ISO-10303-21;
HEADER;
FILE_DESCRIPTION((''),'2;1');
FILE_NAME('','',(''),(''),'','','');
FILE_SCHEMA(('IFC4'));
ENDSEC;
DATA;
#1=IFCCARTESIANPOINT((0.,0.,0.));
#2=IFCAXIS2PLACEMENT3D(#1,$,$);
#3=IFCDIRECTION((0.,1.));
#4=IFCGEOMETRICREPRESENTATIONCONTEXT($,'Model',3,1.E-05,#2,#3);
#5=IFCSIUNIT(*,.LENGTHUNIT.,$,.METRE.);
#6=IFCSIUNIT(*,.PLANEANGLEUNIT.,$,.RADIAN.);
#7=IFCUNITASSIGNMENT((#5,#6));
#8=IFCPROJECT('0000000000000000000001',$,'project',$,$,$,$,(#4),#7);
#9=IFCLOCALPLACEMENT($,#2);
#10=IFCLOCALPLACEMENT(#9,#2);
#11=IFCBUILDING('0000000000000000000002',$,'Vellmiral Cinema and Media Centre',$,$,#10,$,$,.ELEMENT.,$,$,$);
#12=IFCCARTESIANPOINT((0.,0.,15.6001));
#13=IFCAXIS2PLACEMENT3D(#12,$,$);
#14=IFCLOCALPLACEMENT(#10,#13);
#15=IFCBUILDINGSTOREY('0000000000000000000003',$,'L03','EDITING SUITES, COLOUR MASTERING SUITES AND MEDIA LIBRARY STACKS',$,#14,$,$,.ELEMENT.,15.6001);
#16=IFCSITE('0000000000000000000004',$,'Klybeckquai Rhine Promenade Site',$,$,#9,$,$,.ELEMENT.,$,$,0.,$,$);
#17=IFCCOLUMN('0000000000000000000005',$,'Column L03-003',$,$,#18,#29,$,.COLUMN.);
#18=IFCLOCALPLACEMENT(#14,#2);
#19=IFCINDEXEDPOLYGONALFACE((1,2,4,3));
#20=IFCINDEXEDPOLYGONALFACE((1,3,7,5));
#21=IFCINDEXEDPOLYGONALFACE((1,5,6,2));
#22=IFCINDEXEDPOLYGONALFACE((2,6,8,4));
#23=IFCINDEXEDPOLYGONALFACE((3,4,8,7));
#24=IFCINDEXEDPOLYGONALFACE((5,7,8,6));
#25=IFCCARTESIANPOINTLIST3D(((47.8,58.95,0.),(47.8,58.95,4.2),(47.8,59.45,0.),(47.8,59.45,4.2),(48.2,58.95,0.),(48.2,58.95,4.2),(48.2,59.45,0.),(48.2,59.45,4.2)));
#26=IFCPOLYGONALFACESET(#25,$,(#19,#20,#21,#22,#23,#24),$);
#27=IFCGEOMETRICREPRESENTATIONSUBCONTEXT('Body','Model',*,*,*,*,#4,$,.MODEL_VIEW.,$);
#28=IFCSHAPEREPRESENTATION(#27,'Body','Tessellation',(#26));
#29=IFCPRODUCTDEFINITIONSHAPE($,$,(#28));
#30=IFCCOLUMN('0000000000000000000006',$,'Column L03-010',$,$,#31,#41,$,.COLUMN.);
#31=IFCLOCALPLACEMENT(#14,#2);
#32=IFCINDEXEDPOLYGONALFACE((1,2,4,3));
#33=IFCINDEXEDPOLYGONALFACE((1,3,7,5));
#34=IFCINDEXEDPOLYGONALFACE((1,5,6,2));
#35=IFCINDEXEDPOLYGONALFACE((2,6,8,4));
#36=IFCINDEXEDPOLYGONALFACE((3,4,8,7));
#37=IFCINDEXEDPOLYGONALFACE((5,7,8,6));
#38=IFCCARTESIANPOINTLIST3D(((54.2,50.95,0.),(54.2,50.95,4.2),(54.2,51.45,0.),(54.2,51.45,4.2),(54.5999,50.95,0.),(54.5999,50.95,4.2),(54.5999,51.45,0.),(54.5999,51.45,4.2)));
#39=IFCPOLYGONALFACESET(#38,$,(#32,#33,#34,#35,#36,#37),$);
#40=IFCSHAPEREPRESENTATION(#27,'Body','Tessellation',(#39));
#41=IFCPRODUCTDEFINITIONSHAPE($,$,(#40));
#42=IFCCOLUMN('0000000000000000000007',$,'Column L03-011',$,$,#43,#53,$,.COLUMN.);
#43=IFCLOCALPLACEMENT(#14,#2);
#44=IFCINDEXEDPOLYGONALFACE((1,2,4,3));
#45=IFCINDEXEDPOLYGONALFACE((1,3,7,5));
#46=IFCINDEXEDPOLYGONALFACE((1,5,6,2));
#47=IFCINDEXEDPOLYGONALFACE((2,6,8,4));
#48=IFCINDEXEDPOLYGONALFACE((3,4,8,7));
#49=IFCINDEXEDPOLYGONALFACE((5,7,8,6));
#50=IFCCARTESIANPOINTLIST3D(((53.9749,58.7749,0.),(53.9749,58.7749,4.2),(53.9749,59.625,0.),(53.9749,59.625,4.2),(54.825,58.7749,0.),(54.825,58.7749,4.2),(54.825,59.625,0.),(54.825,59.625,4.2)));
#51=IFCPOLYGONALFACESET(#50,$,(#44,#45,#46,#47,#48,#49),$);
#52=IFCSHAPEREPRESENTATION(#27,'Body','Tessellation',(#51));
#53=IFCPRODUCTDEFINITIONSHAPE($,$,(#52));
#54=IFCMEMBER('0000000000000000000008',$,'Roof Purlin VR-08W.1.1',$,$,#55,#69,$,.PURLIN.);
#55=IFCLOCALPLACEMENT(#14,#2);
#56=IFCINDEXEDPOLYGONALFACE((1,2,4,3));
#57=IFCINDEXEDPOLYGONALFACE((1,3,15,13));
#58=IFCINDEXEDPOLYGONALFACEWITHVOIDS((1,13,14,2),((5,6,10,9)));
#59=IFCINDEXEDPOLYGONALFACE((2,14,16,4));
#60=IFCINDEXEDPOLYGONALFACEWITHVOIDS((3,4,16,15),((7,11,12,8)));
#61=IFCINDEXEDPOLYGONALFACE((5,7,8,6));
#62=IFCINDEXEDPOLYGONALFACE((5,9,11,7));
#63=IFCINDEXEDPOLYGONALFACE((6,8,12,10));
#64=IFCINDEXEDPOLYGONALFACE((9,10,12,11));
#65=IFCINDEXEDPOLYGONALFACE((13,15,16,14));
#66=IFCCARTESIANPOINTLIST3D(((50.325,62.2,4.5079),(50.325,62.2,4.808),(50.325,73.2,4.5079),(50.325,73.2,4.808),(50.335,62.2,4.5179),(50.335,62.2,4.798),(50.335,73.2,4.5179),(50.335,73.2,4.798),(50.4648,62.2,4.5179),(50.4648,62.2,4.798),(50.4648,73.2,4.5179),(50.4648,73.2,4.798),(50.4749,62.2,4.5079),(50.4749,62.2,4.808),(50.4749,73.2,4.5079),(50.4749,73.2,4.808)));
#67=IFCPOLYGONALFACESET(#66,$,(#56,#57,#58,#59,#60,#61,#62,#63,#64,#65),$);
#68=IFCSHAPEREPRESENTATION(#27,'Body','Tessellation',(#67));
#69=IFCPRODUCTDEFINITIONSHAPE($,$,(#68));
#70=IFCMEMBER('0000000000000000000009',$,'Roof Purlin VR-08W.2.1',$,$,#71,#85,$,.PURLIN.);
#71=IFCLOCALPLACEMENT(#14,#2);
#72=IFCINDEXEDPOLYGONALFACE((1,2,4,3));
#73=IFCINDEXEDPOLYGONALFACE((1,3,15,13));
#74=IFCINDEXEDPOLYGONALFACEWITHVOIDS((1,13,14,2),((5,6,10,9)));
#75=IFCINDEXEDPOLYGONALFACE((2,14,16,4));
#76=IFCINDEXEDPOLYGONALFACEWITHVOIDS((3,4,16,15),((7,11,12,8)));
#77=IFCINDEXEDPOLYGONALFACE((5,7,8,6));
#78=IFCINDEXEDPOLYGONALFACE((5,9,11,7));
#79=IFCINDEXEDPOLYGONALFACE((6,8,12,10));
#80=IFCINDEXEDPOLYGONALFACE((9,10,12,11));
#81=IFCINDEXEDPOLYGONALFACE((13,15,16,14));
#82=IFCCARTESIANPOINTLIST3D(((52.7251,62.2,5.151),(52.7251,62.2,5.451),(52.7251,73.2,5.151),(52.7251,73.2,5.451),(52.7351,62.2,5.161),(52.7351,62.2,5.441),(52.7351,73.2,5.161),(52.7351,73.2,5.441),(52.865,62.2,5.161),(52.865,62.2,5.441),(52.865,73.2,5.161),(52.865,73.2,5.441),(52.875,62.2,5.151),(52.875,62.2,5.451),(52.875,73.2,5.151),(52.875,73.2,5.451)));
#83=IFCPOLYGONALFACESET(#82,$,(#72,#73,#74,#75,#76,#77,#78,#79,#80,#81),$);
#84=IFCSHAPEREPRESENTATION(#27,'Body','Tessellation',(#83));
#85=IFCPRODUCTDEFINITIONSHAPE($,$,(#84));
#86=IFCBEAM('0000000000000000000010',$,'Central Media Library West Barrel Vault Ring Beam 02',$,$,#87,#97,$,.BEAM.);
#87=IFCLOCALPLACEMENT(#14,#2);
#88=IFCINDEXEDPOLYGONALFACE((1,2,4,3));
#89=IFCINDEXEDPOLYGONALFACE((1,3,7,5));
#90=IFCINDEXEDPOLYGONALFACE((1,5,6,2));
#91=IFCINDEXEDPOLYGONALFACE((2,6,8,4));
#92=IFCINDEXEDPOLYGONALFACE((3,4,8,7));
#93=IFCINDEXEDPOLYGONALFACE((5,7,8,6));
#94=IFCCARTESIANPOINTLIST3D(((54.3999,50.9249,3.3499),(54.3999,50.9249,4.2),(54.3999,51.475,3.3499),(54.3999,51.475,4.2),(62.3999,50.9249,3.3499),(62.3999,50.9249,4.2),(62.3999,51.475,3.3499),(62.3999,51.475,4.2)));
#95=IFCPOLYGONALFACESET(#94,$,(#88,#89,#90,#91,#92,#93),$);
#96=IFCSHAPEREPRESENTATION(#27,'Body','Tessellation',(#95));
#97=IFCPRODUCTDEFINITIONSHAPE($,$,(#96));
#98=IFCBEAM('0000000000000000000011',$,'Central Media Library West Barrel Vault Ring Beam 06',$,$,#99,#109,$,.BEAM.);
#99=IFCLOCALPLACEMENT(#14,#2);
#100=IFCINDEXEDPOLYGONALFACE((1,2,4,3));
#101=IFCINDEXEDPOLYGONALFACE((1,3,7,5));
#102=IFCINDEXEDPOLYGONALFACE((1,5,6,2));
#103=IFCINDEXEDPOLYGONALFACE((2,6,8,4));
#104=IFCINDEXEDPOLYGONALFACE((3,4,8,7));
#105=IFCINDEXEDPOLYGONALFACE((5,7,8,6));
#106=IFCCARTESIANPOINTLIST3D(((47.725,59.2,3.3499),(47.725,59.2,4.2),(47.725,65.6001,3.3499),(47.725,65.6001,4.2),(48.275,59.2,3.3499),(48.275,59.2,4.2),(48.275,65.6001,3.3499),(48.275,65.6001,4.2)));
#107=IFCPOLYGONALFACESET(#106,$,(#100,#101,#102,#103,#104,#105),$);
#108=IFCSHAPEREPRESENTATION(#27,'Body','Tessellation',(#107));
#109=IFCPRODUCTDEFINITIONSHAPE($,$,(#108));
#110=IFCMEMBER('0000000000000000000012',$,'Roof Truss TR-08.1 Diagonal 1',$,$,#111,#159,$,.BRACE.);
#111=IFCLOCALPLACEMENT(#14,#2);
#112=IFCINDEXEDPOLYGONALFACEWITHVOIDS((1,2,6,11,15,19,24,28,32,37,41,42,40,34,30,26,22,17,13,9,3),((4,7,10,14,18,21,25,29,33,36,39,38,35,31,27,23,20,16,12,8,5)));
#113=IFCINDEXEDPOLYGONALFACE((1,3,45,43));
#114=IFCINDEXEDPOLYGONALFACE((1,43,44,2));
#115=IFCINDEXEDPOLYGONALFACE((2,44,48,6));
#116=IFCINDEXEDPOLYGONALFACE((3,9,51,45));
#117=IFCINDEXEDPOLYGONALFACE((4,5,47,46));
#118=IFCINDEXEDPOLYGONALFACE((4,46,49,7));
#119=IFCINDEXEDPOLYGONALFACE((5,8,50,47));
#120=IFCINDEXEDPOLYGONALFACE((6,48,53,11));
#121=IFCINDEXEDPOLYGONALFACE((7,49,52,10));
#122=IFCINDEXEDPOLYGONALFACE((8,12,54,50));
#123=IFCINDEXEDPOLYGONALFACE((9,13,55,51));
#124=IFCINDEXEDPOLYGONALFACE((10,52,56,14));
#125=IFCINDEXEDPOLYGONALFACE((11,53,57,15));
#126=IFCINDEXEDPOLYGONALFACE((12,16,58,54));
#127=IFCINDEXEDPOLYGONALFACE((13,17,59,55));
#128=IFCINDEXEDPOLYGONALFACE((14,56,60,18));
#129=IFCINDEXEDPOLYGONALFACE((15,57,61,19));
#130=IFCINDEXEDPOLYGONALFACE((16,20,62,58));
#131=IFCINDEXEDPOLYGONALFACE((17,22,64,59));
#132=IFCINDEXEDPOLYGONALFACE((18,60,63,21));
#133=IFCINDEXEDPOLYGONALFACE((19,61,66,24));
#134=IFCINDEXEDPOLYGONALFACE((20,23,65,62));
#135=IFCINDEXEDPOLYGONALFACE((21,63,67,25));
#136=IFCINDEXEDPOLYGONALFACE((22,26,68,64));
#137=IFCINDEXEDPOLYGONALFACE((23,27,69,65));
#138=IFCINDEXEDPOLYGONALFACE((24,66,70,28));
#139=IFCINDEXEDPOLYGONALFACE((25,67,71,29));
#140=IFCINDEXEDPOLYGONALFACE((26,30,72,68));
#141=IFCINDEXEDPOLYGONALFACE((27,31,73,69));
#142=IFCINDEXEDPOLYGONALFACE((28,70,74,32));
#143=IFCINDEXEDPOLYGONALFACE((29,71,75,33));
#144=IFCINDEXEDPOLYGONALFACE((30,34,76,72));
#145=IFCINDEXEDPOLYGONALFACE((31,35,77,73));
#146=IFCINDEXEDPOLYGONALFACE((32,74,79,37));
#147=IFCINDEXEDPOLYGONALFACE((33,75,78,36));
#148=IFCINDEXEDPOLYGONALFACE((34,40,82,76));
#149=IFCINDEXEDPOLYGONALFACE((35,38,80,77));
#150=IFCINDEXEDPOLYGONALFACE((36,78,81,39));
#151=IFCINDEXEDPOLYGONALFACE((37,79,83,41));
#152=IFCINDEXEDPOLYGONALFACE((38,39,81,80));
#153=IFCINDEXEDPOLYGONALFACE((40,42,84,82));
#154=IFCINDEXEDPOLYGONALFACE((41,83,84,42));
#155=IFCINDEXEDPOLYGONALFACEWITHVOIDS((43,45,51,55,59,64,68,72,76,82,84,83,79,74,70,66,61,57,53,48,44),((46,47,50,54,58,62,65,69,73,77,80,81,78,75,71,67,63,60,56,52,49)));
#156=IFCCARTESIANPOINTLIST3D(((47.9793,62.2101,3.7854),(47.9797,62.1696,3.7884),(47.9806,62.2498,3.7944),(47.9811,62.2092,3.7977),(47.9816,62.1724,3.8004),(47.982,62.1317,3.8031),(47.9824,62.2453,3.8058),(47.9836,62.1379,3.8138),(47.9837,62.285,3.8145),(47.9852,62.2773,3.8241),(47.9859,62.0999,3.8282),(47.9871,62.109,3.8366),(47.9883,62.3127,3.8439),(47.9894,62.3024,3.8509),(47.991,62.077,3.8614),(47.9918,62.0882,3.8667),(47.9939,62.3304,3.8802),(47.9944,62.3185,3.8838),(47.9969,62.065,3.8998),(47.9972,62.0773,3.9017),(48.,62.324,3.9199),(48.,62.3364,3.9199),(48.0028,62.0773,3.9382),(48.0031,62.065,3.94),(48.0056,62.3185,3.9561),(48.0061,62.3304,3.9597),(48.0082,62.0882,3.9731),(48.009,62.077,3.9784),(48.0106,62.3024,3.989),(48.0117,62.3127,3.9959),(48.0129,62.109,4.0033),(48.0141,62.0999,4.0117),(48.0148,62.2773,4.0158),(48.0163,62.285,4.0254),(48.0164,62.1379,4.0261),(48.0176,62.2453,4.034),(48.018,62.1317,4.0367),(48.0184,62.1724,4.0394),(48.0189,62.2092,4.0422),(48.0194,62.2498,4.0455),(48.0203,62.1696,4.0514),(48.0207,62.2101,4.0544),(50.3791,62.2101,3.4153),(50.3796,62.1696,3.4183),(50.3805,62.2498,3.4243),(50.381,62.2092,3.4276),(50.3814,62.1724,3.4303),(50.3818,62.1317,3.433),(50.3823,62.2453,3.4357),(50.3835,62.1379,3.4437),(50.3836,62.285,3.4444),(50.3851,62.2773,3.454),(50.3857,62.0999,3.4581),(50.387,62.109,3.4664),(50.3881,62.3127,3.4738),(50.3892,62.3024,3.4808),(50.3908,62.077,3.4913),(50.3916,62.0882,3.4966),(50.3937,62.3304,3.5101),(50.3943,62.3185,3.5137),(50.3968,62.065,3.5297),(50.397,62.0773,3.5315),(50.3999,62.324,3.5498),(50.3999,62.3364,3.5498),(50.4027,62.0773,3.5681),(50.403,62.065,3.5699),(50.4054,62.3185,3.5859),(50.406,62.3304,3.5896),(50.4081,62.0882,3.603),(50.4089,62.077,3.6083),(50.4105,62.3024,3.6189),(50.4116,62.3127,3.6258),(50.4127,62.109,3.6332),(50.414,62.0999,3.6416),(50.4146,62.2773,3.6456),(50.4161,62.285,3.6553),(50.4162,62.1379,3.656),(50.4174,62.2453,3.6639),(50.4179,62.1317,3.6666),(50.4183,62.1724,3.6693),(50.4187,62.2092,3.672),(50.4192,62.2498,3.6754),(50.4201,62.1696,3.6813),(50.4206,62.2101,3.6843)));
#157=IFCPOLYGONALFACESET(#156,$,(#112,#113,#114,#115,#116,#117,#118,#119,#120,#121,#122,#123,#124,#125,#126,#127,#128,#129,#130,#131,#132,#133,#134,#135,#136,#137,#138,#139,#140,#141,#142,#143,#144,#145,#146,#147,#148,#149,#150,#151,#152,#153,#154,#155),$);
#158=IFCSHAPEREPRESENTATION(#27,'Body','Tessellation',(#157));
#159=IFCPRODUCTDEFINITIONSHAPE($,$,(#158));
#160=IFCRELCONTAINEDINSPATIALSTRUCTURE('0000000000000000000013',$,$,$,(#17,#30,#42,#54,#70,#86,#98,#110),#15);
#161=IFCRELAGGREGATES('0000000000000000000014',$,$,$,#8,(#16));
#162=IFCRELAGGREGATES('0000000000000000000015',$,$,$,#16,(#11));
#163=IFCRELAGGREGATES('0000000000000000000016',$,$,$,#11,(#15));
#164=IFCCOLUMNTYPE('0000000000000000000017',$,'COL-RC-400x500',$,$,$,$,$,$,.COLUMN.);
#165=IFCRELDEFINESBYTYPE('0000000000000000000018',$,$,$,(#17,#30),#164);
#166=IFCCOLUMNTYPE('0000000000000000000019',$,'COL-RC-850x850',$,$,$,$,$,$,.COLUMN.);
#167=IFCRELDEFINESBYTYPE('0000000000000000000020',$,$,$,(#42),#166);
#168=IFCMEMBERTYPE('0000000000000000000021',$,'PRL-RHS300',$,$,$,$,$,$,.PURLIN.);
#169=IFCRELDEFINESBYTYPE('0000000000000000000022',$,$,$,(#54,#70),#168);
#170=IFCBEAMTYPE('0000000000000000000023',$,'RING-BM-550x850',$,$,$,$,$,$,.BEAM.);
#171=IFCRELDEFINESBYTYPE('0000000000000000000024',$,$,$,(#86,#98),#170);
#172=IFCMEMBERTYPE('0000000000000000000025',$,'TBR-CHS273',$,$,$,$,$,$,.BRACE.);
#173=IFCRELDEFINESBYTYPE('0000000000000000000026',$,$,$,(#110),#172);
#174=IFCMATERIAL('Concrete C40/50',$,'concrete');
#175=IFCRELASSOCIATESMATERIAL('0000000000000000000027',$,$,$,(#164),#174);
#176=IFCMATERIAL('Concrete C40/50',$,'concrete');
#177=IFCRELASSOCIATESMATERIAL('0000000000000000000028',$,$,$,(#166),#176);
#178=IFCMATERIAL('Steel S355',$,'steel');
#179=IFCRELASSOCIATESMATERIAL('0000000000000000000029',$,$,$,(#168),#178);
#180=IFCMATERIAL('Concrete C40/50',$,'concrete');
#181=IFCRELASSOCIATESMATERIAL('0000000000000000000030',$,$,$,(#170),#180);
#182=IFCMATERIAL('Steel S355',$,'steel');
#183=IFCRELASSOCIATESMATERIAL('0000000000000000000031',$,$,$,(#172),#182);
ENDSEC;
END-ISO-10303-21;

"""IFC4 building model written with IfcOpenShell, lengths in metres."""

from ifc_helpers import new_model, si_unit, direction, frame, origin, origin_2d, place, context, subcontext, project, spatial, rectangle, hollow_rectangle, hollow_circle, extrude, material, material_profile, profile_set, type_object, element, save


model = new_model("IFC4")

# Units and contexts
model_context = context("Model", 3, precision=1e-05, world=origin(), true_north=direction((0.0, 1.0)))
body_context = subcontext(model_context, "Body", "Model", "MODEL_VIEW")
ifc_project = project(units=[si_unit("LENGTHUNIT", "METRE"), si_unit("PLANEANGLEUNIT", "RADIAN")], contexts=[model_context])

# Site, building, storey
site_placement = place(None, origin())
site = spatial("IfcSite", under=ifc_project, at=site_placement, Name="Klybeckquai Rhine Promenade Site", CompositionType="ELEMENT", RefElevation=0.0)
building_placement = place(site_placement, origin())
building = spatial("IfcBuilding", under=site, at=building_placement, Name="Vellmiral Cinema and Media Centre", CompositionType="ELEMENT")
storey_placement = place(building_placement, frame((0.0, 0.0, 15.6001)))
storey = spatial("IfcBuildingStorey", under=building, at=storey_placement, Name="L03", Description="EDITING SUITES, COLOUR MASTERING SUITES AND MEDIA LIBRARY STACKS", CompositionType="ELEMENT", Elevation=15.6001)

# Columns
ifc_material_1 = material(Name="Concrete C40/50", Category="concrete")
ifc_material_profile_1 = material_profile(ifc_material_1, rectangle(XDim=0.3999, YDim=0.5, at=origin_2d()), Name="RC 400x500")
ifc_profile_set_1 = profile_set([ifc_material_profile_1], Name="Concrete C40/50")
column_type_1 = type_object("IfcColumnType", Name="COL-RC-400x500", PredefinedType="COLUMN", material=ifc_profile_set_1)
for number, where, z_axis, x_axis, name in (
    (1, (48.0, 59.2, 0.0), (0.0, 0.0, 1.0), (1.0, 0.0, 0.0), "Column L03-003"),
    (2, (54.3999, 51.2, 0.0), (0.0, 0.0, 1.0), (1.0, 0.0, 0.0), "Column L03-010"),
):
    element("IfcColumn", number, at=place(storey_placement, frame(where, z_axis=z_axis, x_axis=x_axis)), inside=storey, type_object=column_type_1, Name=name, PredefinedType="COLUMN", context=body_context, shape_type="SweptSolid", body=[
        extrude(rectangle(XDim=0.3999, YDim=0.5, at=origin_2d()), origin(), (0.0, 0.0, 1.0), 4.2),
    ])
ifc_material_2 = material(Name="Concrete C40/50", Category="concrete")
ifc_material_profile_2 = material_profile(ifc_material_2, rectangle(XDim=0.8501, YDim=0.8501, at=origin_2d()), Name="RC 850x850")
ifc_profile_set_2 = profile_set([ifc_material_profile_2], Name="Concrete C40/50")
column_type_2 = type_object("IfcColumnType", Name="COL-RC-850x850", PredefinedType="COLUMN", material=ifc_profile_set_2)
column_placement = place(storey_placement, frame((54.3999, 59.2, 0.0), z_axis=(0.0, 0.0, 1.0), x_axis=(1.0, 0.0, 0.0)))
element("IfcColumn", 3, at=column_placement, inside=storey, type_object=column_type_2, Name="Column L03-011", PredefinedType="COLUMN", context=body_context, shape_type="SweptSolid", body=[
    extrude(rectangle(XDim=0.8501, YDim=0.8501, at=origin_2d()), origin(), (0.0, 0.0, 1.0), 4.2),
])

# Members
ifc_material_3 = material(Name="Steel S355", Category="steel")
ifc_material_profile_3 = material_profile(ifc_material_3, hollow_rectangle(XDim=0.1499, YDim=0.3, WallThickness=0.01, at=origin_2d()), Name="RHS 300x150x10.0")
ifc_profile_set_3 = profile_set([ifc_material_profile_3], Name="Steel S355")
member_type_1 = type_object("IfcMemberType", Name="PRL-RHS300", PredefinedType="PURLIN", material=ifc_profile_set_3)
for number, where, z_axis, x_axis, name in (
    (4, (50.3999, 62.2, 4.658), (0.0, 1.0, 0.0), (-1.0, 0.0, 0.0), "Roof Purlin VR-08W.1.1"),
    (5, (52.8, 62.2, 5.301), (0.0, 1.0, 0.0), (-1.0, 0.0, 0.0), "Roof Purlin VR-08W.2.1"),
):
    element("IfcMember", number, at=place(storey_placement, frame(where, z_axis=z_axis, x_axis=x_axis)), inside=storey, type_object=member_type_1, Name=name, PredefinedType="PURLIN", context=body_context, shape_type="SweptSolid", body=[
        extrude(hollow_rectangle(XDim=0.1499, YDim=0.3, WallThickness=0.01, at=origin_2d()), origin(), (0.0, 0.0, 1.0), 11.0),
    ])

# Beams
ifc_material_4 = material(Name="Concrete C40/50", Category="concrete")
ifc_material_profile_4 = material_profile(ifc_material_4, rectangle(XDim=0.55, YDim=0.8501, at=origin_2d()), Name="RC 550x850")
ifc_profile_set_4 = profile_set([ifc_material_profile_4], Name="Concrete C40/50")
beam_type = type_object("IfcBeamType", Name="RING-BM-550x850", PredefinedType="BEAM", material=ifc_profile_set_4)
beam_1_placement = place(storey_placement, frame((54.3999, 51.2, 3.7749), z_axis=(1.0, 0.0, 0.0), x_axis=(0.0, 1.0, 0.0)))
element("IfcBeam", 6, at=beam_1_placement, inside=storey, type_object=beam_type, Name="Central Media Library West Barrel Vault Ring Beam 02", PredefinedType="BEAM", context=body_context, shape_type="SweptSolid", body=[
    extrude(rectangle(XDim=0.55, YDim=0.8501, at=origin_2d()), origin(), (0.0, 0.0, 1.0), 8.0),
])
beam_2_placement = place(storey_placement, frame((48.0, 59.2, 3.7749), z_axis=(0.0, 1.0, 0.0), x_axis=(-1.0, 0.0, 0.0)))
element("IfcBeam", 7, at=beam_2_placement, inside=storey, type_object=beam_type, Name="Central Media Library West Barrel Vault Ring Beam 06", PredefinedType="BEAM", context=body_context, shape_type="SweptSolid", body=[
    extrude(rectangle(XDim=0.55, YDim=0.8501, at=origin_2d()), origin(), (0.0, 0.0, 1.0), 6.4001),
])

# Member
ifc_material_5 = material(Name="Steel S355", Category="steel")
ifc_material_profile_5 = material_profile(ifc_material_5, hollow_circle(Radius=0.1365, WallThickness=0.0125, at=origin_2d()), Name="CHS 273.0x12.5")
ifc_profile_set_5 = profile_set([ifc_material_profile_5], Name="Steel S355")
member_type_2 = type_object("IfcMemberType", Name="TBR-CHS273", PredefinedType="BRACE", material=ifc_profile_set_5)
member_1_placement = place(storey_placement, frame((48.0, 62.2, 3.9199), z_axis=(0.988316, 0.0, -0.15242), x_axis=(0.0, 1.0, 0.0)))
element("IfcMember", 8, at=member_1_placement, inside=storey, type_object=member_type_2, Name="Roof Truss TR-08.1 Diagonal 1", PredefinedType="BRACE", context=body_context, shape_type="SweptSolid", body=[
    extrude(hollow_circle(Radius=0.1365, WallThickness=0.0125, at=origin_2d()), origin(), (0.0, 0.0, 1.0), 2.4282),
])

save(model, "model.ifc")
